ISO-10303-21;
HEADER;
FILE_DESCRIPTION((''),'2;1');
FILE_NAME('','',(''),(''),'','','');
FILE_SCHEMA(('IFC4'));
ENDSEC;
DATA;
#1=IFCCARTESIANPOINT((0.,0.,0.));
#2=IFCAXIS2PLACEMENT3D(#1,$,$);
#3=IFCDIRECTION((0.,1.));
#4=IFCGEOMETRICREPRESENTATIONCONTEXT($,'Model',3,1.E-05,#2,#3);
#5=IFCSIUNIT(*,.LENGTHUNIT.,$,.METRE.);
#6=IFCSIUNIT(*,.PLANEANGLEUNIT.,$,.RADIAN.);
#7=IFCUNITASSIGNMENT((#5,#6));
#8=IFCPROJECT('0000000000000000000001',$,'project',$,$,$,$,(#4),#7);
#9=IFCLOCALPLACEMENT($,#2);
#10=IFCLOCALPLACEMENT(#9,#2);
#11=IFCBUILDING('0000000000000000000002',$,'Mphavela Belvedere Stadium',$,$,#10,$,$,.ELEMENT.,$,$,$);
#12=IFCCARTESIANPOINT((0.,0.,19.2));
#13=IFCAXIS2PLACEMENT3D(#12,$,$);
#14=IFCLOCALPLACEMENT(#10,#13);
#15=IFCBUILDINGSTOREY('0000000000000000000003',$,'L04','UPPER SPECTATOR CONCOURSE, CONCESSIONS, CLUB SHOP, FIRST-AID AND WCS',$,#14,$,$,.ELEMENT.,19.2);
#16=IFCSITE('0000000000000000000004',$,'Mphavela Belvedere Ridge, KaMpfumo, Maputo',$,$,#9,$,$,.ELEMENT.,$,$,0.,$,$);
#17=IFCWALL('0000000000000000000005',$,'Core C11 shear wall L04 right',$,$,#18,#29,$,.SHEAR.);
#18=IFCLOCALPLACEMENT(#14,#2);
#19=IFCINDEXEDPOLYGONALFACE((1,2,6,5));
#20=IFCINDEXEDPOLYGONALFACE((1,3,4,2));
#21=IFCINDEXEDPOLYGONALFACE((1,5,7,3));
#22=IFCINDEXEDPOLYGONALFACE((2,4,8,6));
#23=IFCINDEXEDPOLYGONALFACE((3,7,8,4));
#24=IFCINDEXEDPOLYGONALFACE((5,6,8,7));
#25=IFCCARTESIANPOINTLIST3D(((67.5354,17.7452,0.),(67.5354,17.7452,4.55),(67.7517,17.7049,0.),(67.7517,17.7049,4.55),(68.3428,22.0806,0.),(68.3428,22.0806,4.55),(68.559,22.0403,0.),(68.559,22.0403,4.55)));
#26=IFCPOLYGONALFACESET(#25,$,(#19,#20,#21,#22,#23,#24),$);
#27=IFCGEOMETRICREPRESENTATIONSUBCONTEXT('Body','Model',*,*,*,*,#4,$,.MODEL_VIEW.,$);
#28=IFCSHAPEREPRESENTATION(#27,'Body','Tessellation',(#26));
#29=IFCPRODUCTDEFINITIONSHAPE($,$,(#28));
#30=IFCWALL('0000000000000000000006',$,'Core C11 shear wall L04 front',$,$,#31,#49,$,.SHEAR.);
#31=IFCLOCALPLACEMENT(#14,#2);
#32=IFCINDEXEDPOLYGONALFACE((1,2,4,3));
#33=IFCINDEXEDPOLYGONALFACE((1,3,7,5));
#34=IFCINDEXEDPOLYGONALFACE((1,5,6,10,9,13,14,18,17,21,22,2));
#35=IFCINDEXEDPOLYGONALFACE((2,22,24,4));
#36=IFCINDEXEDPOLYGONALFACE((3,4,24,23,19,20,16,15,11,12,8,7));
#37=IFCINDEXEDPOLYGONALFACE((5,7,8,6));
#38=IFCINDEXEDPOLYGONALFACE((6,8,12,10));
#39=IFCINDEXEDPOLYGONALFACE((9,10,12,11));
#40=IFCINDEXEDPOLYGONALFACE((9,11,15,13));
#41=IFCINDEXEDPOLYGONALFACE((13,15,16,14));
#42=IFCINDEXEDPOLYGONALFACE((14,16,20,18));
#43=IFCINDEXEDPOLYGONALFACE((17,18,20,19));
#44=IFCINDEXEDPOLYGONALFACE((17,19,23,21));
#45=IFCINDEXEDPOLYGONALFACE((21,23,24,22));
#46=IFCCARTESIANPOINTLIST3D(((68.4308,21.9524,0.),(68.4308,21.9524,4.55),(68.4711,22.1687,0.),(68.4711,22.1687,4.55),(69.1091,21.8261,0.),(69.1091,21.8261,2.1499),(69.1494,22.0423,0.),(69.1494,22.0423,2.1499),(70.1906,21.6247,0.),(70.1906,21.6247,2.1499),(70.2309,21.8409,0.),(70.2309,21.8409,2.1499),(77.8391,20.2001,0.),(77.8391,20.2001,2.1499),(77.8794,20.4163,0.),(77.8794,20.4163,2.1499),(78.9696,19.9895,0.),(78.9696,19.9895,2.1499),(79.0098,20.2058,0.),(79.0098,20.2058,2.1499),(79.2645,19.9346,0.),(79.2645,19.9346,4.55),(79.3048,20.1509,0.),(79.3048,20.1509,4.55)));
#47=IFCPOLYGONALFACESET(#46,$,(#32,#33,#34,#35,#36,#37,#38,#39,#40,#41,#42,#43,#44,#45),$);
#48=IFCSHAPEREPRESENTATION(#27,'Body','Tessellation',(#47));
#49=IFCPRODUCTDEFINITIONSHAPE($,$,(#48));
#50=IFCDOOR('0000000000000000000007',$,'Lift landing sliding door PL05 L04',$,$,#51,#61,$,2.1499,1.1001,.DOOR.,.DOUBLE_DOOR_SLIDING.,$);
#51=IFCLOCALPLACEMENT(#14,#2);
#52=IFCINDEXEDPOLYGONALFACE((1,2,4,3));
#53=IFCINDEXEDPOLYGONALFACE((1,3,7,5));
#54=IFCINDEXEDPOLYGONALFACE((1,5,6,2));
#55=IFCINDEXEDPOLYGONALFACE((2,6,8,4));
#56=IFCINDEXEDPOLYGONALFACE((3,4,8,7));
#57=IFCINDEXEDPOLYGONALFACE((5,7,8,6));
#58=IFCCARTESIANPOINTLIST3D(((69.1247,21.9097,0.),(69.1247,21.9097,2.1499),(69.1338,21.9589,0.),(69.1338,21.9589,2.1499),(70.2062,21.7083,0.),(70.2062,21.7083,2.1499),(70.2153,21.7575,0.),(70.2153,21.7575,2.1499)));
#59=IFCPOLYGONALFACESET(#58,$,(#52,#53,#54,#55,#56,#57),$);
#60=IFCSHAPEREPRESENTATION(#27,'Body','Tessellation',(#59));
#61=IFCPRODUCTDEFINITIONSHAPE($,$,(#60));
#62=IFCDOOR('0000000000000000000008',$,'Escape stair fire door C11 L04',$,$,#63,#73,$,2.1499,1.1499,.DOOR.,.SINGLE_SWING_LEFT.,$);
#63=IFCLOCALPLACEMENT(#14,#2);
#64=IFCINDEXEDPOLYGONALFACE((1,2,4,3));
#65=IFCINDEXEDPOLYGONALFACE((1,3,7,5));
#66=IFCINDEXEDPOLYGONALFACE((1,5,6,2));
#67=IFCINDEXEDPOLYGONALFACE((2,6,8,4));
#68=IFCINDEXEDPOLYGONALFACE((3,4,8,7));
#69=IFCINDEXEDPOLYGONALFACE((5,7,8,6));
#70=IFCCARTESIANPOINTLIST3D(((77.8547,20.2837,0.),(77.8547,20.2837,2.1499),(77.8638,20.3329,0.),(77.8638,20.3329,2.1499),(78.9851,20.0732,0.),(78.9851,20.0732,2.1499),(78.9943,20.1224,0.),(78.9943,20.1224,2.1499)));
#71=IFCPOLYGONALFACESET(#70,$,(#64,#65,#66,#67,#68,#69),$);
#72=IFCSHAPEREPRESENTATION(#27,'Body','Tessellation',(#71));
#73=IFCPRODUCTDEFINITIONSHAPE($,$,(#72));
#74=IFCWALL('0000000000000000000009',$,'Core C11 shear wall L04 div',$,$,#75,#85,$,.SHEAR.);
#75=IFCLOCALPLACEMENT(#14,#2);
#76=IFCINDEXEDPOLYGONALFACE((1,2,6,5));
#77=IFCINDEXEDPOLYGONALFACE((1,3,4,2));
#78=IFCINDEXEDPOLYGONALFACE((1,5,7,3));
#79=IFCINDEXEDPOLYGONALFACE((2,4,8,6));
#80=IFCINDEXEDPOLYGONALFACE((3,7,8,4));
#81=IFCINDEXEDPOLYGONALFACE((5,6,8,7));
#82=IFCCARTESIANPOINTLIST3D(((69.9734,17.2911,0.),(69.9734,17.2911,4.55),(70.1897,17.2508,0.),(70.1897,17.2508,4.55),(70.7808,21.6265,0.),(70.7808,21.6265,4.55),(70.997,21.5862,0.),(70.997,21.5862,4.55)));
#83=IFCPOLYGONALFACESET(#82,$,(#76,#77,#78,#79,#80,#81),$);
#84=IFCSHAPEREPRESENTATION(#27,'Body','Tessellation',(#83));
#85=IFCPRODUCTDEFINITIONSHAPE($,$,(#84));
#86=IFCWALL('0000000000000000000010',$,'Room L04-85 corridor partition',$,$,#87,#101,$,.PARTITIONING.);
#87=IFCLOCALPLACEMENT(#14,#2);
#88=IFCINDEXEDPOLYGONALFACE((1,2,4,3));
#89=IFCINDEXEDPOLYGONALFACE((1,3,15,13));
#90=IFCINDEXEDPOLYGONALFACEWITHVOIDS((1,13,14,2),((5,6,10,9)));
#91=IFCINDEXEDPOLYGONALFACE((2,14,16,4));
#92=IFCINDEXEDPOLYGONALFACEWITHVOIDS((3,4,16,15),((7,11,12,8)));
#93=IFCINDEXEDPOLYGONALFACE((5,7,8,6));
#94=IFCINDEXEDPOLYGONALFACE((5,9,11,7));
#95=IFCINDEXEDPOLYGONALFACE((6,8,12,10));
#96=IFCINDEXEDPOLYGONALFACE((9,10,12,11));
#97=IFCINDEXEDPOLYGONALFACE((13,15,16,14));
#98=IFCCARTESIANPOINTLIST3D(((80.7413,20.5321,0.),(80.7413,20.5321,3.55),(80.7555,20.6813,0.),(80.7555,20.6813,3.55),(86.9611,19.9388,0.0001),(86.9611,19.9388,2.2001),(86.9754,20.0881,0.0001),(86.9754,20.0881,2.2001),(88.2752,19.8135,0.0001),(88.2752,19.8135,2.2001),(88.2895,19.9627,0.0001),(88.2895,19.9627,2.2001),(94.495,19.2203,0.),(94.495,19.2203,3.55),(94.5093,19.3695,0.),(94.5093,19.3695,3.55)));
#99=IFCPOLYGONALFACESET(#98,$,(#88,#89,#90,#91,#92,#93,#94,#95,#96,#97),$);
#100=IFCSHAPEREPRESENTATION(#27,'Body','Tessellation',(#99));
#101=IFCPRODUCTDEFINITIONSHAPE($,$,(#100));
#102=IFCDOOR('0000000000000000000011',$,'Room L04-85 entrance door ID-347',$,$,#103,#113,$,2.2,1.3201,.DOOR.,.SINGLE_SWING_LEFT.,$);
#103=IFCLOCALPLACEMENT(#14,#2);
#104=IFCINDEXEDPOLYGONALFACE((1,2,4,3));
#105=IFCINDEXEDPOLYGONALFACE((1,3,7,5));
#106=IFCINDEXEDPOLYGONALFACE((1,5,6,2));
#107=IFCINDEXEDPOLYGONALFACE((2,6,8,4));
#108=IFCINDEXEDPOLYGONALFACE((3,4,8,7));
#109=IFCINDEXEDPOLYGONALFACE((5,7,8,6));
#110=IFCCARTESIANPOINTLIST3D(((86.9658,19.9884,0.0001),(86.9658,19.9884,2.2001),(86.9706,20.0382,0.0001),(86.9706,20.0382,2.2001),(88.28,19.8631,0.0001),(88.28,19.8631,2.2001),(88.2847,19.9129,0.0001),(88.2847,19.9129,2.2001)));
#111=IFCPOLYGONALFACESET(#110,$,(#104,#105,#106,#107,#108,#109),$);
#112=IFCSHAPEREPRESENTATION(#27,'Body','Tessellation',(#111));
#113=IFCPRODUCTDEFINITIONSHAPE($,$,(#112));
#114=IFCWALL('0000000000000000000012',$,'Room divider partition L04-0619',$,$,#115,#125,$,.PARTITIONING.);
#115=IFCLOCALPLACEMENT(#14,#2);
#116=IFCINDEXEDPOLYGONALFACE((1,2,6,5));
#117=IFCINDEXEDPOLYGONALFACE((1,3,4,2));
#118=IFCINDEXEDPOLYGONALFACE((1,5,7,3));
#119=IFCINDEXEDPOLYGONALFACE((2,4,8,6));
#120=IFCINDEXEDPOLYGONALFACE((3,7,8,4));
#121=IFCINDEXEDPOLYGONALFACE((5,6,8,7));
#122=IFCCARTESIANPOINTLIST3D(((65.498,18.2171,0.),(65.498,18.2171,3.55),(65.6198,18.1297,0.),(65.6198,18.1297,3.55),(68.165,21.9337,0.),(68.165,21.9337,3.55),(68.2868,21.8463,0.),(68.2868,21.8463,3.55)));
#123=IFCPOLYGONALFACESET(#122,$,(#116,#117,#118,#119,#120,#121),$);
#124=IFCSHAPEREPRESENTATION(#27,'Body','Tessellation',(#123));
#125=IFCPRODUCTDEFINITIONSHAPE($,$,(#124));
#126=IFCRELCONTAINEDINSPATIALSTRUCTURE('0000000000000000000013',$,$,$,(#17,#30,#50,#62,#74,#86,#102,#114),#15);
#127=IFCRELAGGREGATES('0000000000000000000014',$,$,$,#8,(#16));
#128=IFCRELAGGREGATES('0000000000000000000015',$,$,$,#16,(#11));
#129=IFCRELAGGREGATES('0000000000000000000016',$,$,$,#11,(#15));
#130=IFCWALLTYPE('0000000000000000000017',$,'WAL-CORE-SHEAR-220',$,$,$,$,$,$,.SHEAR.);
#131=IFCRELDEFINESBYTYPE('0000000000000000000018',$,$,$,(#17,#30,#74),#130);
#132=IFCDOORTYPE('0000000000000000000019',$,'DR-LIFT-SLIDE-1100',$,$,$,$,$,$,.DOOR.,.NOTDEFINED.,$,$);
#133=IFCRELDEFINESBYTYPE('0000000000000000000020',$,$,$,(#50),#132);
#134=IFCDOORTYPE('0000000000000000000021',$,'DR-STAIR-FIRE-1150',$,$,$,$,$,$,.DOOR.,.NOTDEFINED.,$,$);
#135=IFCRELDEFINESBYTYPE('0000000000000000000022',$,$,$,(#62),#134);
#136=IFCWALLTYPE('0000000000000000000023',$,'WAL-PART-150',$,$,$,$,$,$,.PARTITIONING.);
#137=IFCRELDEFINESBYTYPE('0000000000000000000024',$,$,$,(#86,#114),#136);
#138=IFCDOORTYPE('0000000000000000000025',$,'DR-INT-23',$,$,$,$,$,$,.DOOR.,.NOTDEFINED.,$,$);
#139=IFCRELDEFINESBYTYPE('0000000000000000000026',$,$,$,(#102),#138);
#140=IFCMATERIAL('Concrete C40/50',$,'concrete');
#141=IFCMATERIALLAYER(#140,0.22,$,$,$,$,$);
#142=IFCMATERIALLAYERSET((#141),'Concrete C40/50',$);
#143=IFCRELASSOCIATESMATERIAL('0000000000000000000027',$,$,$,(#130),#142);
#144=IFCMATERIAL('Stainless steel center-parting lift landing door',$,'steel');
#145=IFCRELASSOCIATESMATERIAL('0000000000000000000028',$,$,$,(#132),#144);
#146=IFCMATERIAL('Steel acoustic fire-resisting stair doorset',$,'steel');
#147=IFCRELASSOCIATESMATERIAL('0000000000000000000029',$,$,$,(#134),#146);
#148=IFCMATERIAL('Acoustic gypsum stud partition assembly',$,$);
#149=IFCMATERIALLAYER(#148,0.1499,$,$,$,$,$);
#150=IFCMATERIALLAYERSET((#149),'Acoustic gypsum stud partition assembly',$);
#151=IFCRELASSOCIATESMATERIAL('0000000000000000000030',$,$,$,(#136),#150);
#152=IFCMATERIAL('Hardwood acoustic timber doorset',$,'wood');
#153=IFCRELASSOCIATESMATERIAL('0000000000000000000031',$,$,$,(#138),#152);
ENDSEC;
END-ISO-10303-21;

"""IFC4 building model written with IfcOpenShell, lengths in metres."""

from ifc_helpers import new_model, si_unit, direction, frame, frame_2d, origin, place, context, subcontext, project, spatial, rectangle, extrude, material, layer, layer_set, type_object, element, fill, save


model = new_model("IFC4")

# Units and contexts
model_context = context("Model", 3, precision=1e-05, world=origin(), true_north=direction((0.0, 1.0)))
body_context = subcontext(model_context, "Body", "Model", "MODEL_VIEW")
ifc_project = project(units=[si_unit("LENGTHUNIT", "METRE"), si_unit("PLANEANGLEUNIT", "RADIAN")], contexts=[model_context])

# Site, building, storey
site_placement = place(None, origin())
site = spatial("IfcSite", under=ifc_project, at=site_placement, Name="Mphavela Belvedere Ridge, KaMpfumo, Maputo", CompositionType="ELEMENT", RefElevation=0.0)
building_placement = place(site_placement, origin())
building = spatial("IfcBuilding", under=site, at=building_placement, Name="Mphavela Belvedere Stadium", CompositionType="ELEMENT")
storey_placement = place(building_placement, frame((0.0, 0.0, 19.2)))
storey = spatial("IfcBuildingStorey", under=building, at=storey_placement, Name="L04", Description="UPPER SPECTATOR CONCOURSE, CONCESSIONS, CLUB SHOP, FIRST-AID AND WCS", CompositionType="ELEMENT", Elevation=19.2)

# Wall
ifc_material_1 = material(Name="Concrete C40/50", Category="concrete")
ifc_layer_1 = layer(ifc_material_1, 0.22)
ifc_layer_set_1 = layer_set([ifc_layer_1], Name="Concrete C40/50")
wall_type_1 = type_object("IfcWallType", Name="WAL-CORE-SHEAR-220", PredefinedType="SHEAR", material=ifc_layer_set_1)
for number, where, z_axis, x_axis, name in (
    (1, (68.4509, 22.0605, 0.0), (0.0, 0.0, 1.0), (-0.183078, -0.983098, 0.0), "Core C11 shear wall L04 right"),
):
    element("IfcWall", number, at=place(storey_placement, frame(where, z_axis=z_axis, x_axis=x_axis)), inside=storey, type_object=wall_type_1, Name=name, PredefinedType="SHEAR", context=body_context, shape_type="SweptSolid", body=[
        extrude(rectangle(XDim=4.4099, YDim=0.22, at=frame_2d((2.2051, 0.0))), origin(), (0.0, 0.0, 1.0), 4.55),
    ])

# Wall, openings, doors
wall_1_placement = place(storey_placement, frame((79.2847, 20.0427, 0.0), z_axis=(0.0, 0.0, 1.0), x_axis=(-0.983093, 0.183105, 0.0)))
wall_1 = element("IfcWall", 2, at=wall_1_placement, inside=storey, type_object=wall_type_1, Name="Core C11 shear wall L04 front", PredefinedType="SHEAR", context=body_context, shape_type="SweptSolid", body=[
    extrude(rectangle(XDim=11.02, YDim=0.22, at=frame_2d((5.51, 0.0))), origin(), (0.0, 0.0, 1.0), 4.55),
])
opening_1_placement = place(wall_1_placement, frame((0.3, 0.0, 0.0)))
opening_1 = element("IfcOpeningElement", 3, at=opening_1_placement, cuts=wall_1, PredefinedType="OPENING", context=body_context, shape_type="SweptSolid", body=[
    extrude(rectangle(XDim=1.1499, YDim=2.1499, at=frame_2d((0.575, 1.075))), frame((0.0, 0.1201, 0.0), z_axis=(0.0, -1.0, 0.0), x_axis=(1.0, 0.0, 0.0)), (0.0, 0.0, 1.0), 0.24),
])
opening_2_placement = place(wall_1_placement, frame((9.23, 0.0, 0.0)))
opening_2 = element("IfcOpeningElement", 4, at=opening_2_placement, cuts=wall_1, PredefinedType="OPENING", context=body_context, shape_type="SweptSolid", body=[
    extrude(rectangle(XDim=1.1001, YDim=2.1499, at=frame_2d((0.55, 1.075))), frame((0.0, 0.1201, 0.0), z_axis=(0.0, -1.0, 0.0), x_axis=(1.0, 0.0, 0.0)), (0.0, 0.0, 1.0), 0.24),
])
ifc_material_2 = material(Name="Stainless steel center-parting lift landing door", Category="steel")
door_type_1 = type_object("IfcDoorType", Name="DR-LIFT-SLIDE-1100", OperationType="NOTDEFINED", PredefinedType="DOOR", material=ifc_material_2)
door_1_placement = place(opening_2_placement, origin())
door_1 = element("IfcDoor", 5, at=door_1_placement, inside=storey, type_object=door_type_1, Name="Lift landing sliding door PL05 L04", OperationType="DOUBLE_DOOR_SLIDING", OverallHeight=2.1499, OverallWidth=1.1001, PredefinedType="DOOR", context=body_context, shape_type="SweptSolid", body=[
    extrude(rectangle(XDim=1.1001, YDim=2.1499, at=frame_2d((0.55, 1.075))), frame((0.0, 0.0249, 0.0), z_axis=(0.0, -1.0, 0.0), x_axis=(1.0, 0.0, 0.0)), (0.0, 0.0, 1.0), 0.05),
])
fill(opening_2, door_1)
ifc_material_3 = material(Name="Steel acoustic fire-resisting stair doorset", Category="steel")
door_type_2 = type_object("IfcDoorType", Name="DR-STAIR-FIRE-1150", OperationType="NOTDEFINED", PredefinedType="DOOR", material=ifc_material_3)
door_2_placement = place(opening_1_placement, origin())
door_2 = element("IfcDoor", 6, at=door_2_placement, inside=storey, type_object=door_type_2, Name="Escape stair fire door C11 L04", OperationType="SINGLE_SWING_LEFT", OverallHeight=2.1499, OverallWidth=1.1499, PredefinedType="DOOR", context=body_context, shape_type="SweptSolid", body=[
    extrude(rectangle(XDim=1.1499, YDim=2.1499, at=frame_2d((0.575, 1.075))), frame((0.0, 0.0249, 0.0), z_axis=(0.0, -1.0, 0.0), x_axis=(1.0, 0.0, 0.0)), (0.0, 0.0, 1.0), 0.05),
])
fill(opening_1, door_2)

# Wall
wall_2_placement = place(storey_placement, frame((70.8889, 21.6064, 0.0), z_axis=(0.0, 0.0, 1.0), x_axis=(-0.183078, -0.983098, 0.0)))
element("IfcWall", 7, at=wall_2_placement, inside=storey, type_object=wall_type_1, Name="Core C11 shear wall L04 div", PredefinedType="SHEAR", context=body_context, shape_type="SweptSolid", body=[
    extrude(rectangle(XDim=4.4099, YDim=0.22, at=frame_2d((2.2051, 0.0))), origin(), (0.0, 0.0, 1.0), 4.55),
])

# Wall, opening, door
ifc_material_4 = material(Name="Acoustic gypsum stud partition assembly")
ifc_layer_2 = layer(ifc_material_4, 0.1499)
ifc_layer_set_2 = layer_set([ifc_layer_2], Name="Acoustic gypsum stud partition assembly")
wall_type_2 = type_object("IfcWallType", Name="WAL-PART-150", PredefinedType="PARTITIONING", material=ifc_layer_set_2)
wall_3_placement = place(storey_placement, frame((80.7483, 20.6067, 0.0), z_axis=(0.0, 0.0, 1.0), x_axis=(0.995483, -0.094945, 0.0)))
wall_3 = element("IfcWall", 8, at=wall_3_placement, inside=storey, type_object=wall_type_2, Name="Room L04-85 corridor partition", PredefinedType="PARTITIONING", context=body_context, shape_type="SweptSolid", body=[
    extrude(rectangle(XDim=13.8162, YDim=0.1499, at=frame_2d((6.9082, 0.0))), origin(), (0.0, 0.0, 1.0), 3.55),
])
opening_3_placement = place(wall_3_placement, frame((6.248, 0.0, 0.0)))
opening_3 = element("IfcOpeningElement", 9, at=opening_3_placement, cuts=wall_3, PredefinedType="OPENING", context=body_context, shape_type="SweptSolid", body=[
    extrude(rectangle(XDim=1.3201, YDim=2.2, at=frame_2d((0.6602, 1.1001))), frame((0.0, 0.085, 0.0), z_axis=(0.0, -1.0, 0.0), x_axis=(1.0, 0.0, 0.0)), (0.0, 0.0, 1.0), 0.1699),
])
ifc_material_5 = material(Name="Hardwood acoustic timber doorset", Category="wood")
door_type_3 = type_object("IfcDoorType", Name="DR-INT-23", OperationType="NOTDEFINED", PredefinedType="DOOR", material=ifc_material_5)
door_3_placement = place(opening_3_placement, origin())
door_3 = element("IfcDoor", 10, at=door_3_placement, inside=storey, type_object=door_type_3, Name="Room L04-85 entrance door ID-347", OperationType="SINGLE_SWING_LEFT", OverallHeight=2.2, OverallWidth=1.3201, PredefinedType="DOOR", context=body_context, shape_type="SweptSolid", body=[
    extrude(rectangle(XDim=1.3201, YDim=2.2, at=frame_2d((0.6602, 1.1001))), frame((0.0, 0.0249, 0.0), z_axis=(0.0, -1.0, 0.0), x_axis=(1.0, 0.0, 0.0)), (0.0, 0.0, 1.0), 0.05),
])
fill(opening_3, door_3)

# Wall
wall_4_placement = place(storey_placement, frame((68.2258, 21.8899, 0.0), z_axis=(0.0, 0.0, 1.0), x_axis=(-0.583019, -0.812459, 0.0)))
element("IfcWall", 11, at=wall_4_placement, inside=storey, type_object=wall_type_2, Name="Room divider partition L04-0619", PredefinedType="PARTITIONING", context=body_context, shape_type="SweptSolid", body=[
    extrude(rectangle(XDim=4.5745, YDim=0.1499, at=frame_2d((2.2871, 0.0))), origin(), (0.0, 0.0, 1.0), 3.55),
])

save(model, "model.ifc")
